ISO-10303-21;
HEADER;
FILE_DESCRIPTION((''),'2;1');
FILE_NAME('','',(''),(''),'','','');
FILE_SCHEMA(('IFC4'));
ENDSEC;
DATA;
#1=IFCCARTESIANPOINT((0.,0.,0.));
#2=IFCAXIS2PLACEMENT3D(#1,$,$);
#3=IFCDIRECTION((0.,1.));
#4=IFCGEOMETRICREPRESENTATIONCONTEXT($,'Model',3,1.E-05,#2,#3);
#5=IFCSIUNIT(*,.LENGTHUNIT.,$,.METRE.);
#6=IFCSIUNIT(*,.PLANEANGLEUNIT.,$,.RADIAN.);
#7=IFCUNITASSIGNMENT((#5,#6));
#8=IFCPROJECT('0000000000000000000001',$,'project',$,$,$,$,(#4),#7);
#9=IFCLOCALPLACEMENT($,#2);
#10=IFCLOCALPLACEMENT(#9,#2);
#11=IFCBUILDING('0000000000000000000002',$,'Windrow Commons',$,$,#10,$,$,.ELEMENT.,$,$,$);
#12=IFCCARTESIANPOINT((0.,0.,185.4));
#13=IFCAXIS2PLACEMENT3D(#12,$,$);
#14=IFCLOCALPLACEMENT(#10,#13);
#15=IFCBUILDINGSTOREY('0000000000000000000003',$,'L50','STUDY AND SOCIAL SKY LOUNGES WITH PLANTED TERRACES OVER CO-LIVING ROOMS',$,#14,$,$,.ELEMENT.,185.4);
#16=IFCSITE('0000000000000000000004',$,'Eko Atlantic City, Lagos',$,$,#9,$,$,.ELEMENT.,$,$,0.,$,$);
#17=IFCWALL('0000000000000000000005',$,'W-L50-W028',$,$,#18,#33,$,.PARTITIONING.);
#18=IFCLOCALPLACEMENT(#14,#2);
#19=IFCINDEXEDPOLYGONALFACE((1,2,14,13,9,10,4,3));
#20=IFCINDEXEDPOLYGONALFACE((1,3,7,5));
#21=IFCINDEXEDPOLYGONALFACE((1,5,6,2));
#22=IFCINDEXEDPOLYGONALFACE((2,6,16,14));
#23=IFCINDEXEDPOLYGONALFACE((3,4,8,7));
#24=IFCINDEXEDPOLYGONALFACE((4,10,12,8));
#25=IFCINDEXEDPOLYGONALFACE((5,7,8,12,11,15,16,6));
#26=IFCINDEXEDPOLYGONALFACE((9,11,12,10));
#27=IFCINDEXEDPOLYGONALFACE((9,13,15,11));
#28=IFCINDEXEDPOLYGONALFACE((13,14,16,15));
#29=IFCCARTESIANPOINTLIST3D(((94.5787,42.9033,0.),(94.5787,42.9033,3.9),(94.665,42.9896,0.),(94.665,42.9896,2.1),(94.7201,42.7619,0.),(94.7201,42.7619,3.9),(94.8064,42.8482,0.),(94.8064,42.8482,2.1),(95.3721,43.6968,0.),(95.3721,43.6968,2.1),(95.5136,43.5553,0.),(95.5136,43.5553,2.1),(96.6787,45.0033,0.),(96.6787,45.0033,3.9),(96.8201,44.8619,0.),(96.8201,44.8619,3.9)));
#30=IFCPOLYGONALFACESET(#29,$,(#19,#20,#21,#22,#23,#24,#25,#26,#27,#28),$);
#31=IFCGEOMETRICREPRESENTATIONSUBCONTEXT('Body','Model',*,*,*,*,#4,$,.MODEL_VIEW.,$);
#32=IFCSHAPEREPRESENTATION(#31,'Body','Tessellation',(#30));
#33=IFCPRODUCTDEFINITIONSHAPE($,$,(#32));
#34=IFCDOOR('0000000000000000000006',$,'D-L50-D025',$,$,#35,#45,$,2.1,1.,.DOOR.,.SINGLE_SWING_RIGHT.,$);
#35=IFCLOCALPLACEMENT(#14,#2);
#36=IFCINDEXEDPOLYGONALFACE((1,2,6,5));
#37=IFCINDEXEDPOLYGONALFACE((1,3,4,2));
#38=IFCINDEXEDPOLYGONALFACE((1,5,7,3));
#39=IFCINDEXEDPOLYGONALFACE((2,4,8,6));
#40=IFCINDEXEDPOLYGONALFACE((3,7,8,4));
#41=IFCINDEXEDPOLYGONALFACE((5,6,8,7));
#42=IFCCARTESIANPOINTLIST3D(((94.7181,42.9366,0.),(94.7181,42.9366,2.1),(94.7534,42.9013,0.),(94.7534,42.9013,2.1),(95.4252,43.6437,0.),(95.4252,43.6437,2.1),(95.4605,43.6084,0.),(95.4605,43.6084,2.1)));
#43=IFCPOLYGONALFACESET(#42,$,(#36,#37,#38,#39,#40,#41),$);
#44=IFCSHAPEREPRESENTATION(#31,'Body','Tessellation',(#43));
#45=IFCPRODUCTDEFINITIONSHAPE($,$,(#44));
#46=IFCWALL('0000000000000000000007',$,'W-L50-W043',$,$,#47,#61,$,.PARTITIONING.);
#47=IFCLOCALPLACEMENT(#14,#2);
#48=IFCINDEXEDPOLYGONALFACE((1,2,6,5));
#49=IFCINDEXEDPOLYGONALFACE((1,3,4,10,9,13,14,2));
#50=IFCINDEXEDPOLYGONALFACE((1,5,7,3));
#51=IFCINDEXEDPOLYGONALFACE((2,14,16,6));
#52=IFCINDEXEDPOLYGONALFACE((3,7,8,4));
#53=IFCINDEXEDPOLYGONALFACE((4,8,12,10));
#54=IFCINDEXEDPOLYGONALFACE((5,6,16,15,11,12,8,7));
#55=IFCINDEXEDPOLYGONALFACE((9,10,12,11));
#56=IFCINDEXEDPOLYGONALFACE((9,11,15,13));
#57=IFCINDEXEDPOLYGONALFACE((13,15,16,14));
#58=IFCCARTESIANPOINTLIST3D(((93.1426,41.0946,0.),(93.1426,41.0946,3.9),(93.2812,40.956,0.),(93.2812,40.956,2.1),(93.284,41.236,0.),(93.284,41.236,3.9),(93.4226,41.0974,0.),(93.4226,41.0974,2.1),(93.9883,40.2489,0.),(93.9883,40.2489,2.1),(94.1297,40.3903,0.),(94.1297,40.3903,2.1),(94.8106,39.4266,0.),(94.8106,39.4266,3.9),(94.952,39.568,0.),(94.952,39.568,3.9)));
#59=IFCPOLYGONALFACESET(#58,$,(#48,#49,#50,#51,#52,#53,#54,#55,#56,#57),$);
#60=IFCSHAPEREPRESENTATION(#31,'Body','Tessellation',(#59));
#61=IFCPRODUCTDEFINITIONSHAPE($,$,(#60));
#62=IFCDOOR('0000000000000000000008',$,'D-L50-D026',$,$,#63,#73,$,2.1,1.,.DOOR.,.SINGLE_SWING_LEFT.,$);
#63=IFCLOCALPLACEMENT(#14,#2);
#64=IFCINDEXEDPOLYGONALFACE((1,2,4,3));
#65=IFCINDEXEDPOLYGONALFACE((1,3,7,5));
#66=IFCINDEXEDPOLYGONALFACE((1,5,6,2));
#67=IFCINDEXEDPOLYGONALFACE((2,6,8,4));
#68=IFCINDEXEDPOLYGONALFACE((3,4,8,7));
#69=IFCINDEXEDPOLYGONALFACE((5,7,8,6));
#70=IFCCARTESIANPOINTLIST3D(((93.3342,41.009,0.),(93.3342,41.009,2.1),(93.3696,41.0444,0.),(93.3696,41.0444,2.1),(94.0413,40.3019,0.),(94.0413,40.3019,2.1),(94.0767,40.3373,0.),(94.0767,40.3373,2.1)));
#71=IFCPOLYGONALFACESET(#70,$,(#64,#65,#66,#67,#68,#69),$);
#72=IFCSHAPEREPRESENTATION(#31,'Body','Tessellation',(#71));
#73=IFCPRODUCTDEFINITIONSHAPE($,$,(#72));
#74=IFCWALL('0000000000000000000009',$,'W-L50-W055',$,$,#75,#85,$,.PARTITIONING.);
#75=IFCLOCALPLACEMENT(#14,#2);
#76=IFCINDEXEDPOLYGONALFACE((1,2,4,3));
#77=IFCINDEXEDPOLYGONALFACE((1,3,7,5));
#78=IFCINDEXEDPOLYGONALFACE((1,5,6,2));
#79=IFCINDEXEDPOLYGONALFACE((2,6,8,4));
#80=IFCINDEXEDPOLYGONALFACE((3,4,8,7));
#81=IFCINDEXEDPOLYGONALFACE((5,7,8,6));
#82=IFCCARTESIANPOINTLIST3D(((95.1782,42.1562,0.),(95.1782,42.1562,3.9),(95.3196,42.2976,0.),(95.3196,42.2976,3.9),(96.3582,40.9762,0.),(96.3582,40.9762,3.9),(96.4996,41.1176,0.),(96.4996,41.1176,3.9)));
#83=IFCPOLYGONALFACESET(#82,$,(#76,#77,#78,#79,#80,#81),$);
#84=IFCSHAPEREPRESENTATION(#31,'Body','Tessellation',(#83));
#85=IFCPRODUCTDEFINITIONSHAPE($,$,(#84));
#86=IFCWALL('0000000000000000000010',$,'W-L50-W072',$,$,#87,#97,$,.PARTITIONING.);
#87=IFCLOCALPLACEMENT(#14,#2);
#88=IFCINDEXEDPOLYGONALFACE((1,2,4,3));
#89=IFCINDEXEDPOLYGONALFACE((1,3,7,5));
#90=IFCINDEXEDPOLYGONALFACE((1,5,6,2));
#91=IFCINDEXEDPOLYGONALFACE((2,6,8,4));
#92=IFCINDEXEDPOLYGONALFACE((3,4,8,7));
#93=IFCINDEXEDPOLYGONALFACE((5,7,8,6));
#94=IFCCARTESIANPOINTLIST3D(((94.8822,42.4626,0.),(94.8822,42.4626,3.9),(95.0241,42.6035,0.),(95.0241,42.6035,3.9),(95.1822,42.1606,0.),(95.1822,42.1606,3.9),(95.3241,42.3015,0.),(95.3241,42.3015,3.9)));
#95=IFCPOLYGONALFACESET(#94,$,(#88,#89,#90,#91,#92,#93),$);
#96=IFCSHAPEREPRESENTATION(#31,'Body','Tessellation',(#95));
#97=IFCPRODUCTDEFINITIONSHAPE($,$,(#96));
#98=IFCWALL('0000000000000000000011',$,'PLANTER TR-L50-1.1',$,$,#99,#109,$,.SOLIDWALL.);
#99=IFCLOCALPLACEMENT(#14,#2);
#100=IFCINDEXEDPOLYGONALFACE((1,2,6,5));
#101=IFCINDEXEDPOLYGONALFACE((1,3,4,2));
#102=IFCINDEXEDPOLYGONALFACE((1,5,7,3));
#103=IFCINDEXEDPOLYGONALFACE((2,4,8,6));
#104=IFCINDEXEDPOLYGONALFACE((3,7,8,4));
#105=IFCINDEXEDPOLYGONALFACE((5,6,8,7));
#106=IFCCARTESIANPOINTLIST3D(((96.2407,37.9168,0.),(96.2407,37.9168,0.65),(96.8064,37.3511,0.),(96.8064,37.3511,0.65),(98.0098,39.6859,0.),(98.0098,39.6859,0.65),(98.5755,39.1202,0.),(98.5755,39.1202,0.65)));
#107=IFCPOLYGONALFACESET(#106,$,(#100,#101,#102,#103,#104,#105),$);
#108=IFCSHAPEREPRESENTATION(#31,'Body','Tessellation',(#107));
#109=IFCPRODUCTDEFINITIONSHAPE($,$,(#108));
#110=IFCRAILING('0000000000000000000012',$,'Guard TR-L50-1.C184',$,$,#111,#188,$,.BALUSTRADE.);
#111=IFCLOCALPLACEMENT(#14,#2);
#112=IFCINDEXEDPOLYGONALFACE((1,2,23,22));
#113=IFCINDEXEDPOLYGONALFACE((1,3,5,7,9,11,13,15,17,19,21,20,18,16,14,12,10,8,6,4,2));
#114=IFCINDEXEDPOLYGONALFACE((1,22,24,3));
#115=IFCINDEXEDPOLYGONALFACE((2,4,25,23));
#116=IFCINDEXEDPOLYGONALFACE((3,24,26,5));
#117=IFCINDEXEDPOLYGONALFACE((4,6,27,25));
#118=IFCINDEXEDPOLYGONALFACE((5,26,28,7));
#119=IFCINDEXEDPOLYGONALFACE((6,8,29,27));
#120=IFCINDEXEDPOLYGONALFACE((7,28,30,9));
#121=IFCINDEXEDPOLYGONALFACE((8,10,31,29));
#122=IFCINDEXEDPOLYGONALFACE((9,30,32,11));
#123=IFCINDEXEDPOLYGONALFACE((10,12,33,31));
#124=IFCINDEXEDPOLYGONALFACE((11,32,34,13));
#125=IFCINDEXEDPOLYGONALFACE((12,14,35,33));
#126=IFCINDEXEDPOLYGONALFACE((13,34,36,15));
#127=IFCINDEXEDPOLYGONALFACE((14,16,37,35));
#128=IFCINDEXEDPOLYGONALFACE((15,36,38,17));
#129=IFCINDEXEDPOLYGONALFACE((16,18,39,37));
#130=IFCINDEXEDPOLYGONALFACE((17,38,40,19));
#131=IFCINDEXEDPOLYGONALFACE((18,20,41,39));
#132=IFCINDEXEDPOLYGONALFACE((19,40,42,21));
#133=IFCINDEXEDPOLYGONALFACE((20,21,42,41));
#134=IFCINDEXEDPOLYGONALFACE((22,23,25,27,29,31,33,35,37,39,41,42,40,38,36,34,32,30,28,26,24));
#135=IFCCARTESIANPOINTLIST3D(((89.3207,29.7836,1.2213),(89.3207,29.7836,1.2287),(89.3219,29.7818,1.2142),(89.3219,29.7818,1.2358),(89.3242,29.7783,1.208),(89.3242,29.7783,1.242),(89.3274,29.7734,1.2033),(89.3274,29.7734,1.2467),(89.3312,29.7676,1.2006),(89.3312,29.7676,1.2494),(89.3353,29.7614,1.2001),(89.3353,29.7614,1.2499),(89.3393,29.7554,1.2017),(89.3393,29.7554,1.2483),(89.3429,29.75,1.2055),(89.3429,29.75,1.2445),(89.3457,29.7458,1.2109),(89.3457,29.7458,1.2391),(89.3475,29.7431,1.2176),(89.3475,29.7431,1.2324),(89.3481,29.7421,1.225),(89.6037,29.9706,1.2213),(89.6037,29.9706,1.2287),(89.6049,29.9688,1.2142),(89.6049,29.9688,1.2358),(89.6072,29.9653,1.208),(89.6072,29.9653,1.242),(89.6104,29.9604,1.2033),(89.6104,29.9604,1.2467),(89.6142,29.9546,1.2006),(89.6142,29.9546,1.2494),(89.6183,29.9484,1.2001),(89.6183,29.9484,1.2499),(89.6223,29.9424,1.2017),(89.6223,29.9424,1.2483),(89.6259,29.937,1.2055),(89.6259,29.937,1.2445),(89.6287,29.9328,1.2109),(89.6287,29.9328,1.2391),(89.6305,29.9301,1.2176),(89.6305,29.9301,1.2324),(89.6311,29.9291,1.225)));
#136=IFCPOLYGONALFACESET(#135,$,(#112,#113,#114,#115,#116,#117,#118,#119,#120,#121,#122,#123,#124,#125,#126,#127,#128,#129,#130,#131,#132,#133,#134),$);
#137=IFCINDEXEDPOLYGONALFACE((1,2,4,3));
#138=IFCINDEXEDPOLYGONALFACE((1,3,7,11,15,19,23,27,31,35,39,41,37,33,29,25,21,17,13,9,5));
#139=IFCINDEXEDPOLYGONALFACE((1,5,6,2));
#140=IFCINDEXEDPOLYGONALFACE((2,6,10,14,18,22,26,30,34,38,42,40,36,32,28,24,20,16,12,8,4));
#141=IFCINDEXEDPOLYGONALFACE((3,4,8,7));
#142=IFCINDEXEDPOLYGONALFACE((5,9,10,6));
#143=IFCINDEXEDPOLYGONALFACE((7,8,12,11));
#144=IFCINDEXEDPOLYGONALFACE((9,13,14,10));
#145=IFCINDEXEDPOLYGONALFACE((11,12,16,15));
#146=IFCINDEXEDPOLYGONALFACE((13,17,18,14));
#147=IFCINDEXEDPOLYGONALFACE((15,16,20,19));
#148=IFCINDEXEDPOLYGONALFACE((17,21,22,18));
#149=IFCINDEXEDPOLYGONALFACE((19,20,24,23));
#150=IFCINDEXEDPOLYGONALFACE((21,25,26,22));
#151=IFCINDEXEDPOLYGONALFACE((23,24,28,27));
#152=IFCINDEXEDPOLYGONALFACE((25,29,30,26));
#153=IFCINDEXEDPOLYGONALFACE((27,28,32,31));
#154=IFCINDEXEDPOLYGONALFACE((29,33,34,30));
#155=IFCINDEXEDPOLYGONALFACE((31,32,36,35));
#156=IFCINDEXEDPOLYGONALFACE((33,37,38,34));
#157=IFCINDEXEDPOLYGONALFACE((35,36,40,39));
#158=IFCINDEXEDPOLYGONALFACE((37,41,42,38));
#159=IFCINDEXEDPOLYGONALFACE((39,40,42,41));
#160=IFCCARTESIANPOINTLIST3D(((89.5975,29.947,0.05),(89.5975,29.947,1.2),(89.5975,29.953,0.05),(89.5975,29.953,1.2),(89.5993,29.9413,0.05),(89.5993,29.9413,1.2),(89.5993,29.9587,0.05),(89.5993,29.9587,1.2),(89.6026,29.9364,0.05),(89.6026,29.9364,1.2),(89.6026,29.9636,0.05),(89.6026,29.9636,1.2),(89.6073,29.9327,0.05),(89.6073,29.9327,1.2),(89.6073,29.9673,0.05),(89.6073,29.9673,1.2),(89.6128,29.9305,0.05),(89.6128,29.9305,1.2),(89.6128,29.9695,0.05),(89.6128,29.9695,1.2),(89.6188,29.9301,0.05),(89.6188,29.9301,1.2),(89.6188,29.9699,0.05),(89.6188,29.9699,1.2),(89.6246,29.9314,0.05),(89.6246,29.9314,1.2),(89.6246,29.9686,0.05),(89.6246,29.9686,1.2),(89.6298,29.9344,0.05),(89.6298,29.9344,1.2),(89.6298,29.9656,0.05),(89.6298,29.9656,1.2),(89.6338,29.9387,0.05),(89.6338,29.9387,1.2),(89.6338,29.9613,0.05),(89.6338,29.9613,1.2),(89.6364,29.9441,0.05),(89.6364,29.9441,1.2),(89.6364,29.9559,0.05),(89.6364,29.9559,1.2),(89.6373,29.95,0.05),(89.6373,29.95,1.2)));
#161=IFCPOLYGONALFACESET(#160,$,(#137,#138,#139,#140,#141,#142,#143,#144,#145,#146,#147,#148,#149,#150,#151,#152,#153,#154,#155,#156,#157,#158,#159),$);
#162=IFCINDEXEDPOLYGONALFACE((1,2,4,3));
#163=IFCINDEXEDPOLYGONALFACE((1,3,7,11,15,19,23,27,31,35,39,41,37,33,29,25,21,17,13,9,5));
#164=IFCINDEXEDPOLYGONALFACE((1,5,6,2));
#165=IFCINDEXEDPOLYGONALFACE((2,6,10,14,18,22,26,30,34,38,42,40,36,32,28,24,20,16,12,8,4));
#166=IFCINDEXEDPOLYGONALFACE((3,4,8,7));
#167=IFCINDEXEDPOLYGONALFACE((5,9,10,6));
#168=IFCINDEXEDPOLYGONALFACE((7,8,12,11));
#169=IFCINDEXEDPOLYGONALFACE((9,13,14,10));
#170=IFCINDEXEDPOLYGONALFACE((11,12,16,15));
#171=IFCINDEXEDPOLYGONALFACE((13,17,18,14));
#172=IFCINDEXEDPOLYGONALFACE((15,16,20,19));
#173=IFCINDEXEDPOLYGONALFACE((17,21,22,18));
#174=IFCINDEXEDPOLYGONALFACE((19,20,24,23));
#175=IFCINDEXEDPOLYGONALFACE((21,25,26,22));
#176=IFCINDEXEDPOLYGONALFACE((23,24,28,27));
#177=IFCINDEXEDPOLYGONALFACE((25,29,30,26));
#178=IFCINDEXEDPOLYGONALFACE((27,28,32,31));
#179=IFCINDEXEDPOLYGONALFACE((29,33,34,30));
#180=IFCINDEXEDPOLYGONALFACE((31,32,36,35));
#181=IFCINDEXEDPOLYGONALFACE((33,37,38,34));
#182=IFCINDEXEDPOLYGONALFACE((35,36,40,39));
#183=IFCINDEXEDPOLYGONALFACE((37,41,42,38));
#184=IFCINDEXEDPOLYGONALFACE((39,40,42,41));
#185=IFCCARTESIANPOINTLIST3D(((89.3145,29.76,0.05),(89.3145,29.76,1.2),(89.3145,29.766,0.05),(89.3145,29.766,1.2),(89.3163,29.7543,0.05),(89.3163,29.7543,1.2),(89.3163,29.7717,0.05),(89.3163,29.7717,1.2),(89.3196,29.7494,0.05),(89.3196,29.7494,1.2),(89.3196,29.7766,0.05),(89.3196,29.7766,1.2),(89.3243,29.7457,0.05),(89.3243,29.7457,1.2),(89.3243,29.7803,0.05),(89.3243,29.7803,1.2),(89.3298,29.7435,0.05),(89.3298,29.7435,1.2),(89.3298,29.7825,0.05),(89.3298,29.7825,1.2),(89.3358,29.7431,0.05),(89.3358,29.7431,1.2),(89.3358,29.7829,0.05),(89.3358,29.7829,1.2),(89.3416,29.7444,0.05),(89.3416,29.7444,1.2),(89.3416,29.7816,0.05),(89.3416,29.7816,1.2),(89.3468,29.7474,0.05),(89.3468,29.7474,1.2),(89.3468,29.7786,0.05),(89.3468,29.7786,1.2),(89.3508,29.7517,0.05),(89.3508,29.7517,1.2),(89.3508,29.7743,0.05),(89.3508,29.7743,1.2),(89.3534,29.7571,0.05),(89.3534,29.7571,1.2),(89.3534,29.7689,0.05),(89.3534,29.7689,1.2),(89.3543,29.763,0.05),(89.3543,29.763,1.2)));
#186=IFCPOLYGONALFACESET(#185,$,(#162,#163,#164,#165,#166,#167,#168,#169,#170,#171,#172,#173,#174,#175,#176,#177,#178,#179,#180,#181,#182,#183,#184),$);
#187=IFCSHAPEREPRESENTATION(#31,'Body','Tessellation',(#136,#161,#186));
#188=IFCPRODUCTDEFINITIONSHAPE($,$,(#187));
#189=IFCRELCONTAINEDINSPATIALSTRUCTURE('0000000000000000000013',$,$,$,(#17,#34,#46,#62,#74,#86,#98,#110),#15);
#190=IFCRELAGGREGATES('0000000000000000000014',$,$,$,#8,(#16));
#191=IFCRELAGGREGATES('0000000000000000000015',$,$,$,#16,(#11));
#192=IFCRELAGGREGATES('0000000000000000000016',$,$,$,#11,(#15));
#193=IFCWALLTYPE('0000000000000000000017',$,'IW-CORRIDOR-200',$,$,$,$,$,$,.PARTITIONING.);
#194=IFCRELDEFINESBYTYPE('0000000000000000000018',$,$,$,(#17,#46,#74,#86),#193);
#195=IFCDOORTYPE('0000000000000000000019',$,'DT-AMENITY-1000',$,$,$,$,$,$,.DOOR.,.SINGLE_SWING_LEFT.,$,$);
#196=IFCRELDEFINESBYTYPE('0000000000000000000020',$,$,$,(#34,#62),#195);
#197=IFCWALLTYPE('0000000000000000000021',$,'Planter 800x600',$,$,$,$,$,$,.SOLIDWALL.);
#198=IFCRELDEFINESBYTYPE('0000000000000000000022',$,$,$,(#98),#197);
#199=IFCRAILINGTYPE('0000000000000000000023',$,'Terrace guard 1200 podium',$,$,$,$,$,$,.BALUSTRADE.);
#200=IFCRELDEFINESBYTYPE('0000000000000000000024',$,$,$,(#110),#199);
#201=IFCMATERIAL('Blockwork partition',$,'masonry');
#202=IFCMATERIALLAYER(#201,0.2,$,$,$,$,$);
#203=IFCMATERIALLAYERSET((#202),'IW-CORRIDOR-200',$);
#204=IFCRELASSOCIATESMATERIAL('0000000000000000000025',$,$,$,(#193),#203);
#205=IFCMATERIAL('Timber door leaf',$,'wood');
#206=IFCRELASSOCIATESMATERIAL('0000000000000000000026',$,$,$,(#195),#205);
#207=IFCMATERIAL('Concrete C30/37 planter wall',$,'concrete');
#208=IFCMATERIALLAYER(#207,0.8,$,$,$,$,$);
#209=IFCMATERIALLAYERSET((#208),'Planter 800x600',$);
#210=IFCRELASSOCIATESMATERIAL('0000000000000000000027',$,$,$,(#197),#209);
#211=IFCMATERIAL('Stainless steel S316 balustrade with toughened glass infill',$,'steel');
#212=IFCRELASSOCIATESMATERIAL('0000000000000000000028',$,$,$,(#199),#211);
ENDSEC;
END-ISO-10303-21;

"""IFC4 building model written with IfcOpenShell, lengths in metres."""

from ifc_helpers import new_model, si_unit, direction, frame, frame_2d, origin, origin_2d, place, context, subcontext, project, spatial, rectangle, circle, extrude, material, layer, layer_set, type_object, element, fill, save


model = new_model("IFC4")

# Units and contexts
model_context = context("Model", 3, precision=1e-05, world=origin(), true_north=direction((0.0, 1.0)))
body_context = subcontext(model_context, "Body", "Model", "MODEL_VIEW")
ifc_project = project(units=[si_unit("LENGTHUNIT", "METRE"), si_unit("PLANEANGLEUNIT", "RADIAN")], contexts=[model_context])

# Site, building, storey
site_placement = place(None, origin())
site = spatial("IfcSite", under=ifc_project, at=site_placement, Name="Eko Atlantic City, Lagos", CompositionType="ELEMENT", RefElevation=0.0)
building_placement = place(site_placement, origin())
building = spatial("IfcBuilding", under=site, at=building_placement, Name="Windrow Commons", CompositionType="ELEMENT")
storey_placement = place(building_placement, frame((0.0, 0.0, 185.4)))
storey = spatial("IfcBuildingStorey", under=building, at=storey_placement, Name="L50", Description="STUDY AND SOCIAL SKY LOUNGES WITH PLANTED TERRACES OVER CO-LIVING ROOMS", CompositionType="ELEMENT", Elevation=185.4)

# Walls, openings, doors
ifc_material_1 = material(Name="Blockwork partition", Category="masonry")
ifc_layer_1 = layer(ifc_material_1, 0.2)
ifc_layer_set_1 = layer_set([ifc_layer_1], Name="IW-CORRIDOR-200")
wall_type_1 = type_object("IfcWallType", Name="IW-CORRIDOR-200", PredefinedType="PARTITIONING", material=ifc_layer_set_1)
wall_1_placement = place(storey_placement, frame((94.6494, 42.8326, 0.0), z_axis=(0.0, 0.0, 1.0), x_axis=(0.707107, 0.707107, 0.0)))
wall_1 = element("IfcWall", 1, at=wall_1_placement, inside=storey, type_object=wall_type_1, Name="W-L50-W028", PredefinedType="PARTITIONING", context=body_context, shape_type="SweptSolid", body=[
    extrude(rectangle(XDim=2.9698, YDim=0.2, at=frame_2d((1.4849, 0.0))), origin(), (0.0, 0.0, 1.0), 3.9),
])
opening_1_placement = place(wall_1_placement, frame((0.1221, 0.0, 0.0)))
opening_1 = element("IfcOpeningElement", 2, at=opening_1_placement, cuts=wall_1, PredefinedType="OPENING", context=body_context, shape_type="SweptSolid", body=[
    extrude(rectangle(XDim=1.0, YDim=2.1, at=frame_2d((0.5, 1.05))), frame((0.0, 0.11, 0.0), z_axis=(0.0, -1.0, 0.0), x_axis=(1.0, 0.0, 0.0)), (0.0, 0.0, 1.0), 0.22),
])
ifc_material_2 = material(Name="Timber door leaf", Category="wood")
door_type = type_object("IfcDoorType", Name="DT-AMENITY-1000", OperationType="SINGLE_SWING_LEFT", PredefinedType="DOOR", material=ifc_material_2)
door_1_placement = place(opening_1_placement, origin())
door_1 = element("IfcDoor", 3, at=door_1_placement, inside=storey, type_object=door_type, Name="D-L50-D025", OperationType="SINGLE_SWING_RIGHT", OverallHeight=2.1, OverallWidth=1.0, PredefinedType="DOOR", context=body_context, shape_type="SweptSolid", body=[
    extrude(rectangle(XDim=1.0, YDim=2.1, at=frame_2d((0.5, 1.05))), frame((0.0, 0.025, 0.0), z_axis=(0.0, -1.0, 0.0), x_axis=(1.0, 0.0, 0.0)), (0.0, 0.0, 1.0), 0.05),
])
fill(opening_1, door_1)
wall_2_placement = place(storey_placement, frame((93.2133, 41.1653, 0.0), z_axis=(0.0, 0.0, 1.0), x_axis=(0.707107, -0.707107, 0.0)))
wall_2 = element("IfcWall", 4, at=wall_2_placement, inside=storey, type_object=wall_type_1, Name="W-L50-W043", PredefinedType="PARTITIONING", context=body_context, shape_type="SweptSolid", body=[
    extrude(rectangle(XDim=2.3589, YDim=0.2, at=frame_2d((1.1795, 0.0))), origin(), (0.0, 0.0, 1.0), 3.9),
])
opening_2_placement = place(wall_2_placement, frame((0.196, 0.0, 0.0)))
opening_2 = element("IfcOpeningElement", 5, at=opening_2_placement, cuts=wall_2, PredefinedType="OPENING", context=body_context, shape_type="SweptSolid", body=[
    extrude(rectangle(XDim=1.0, YDim=2.1, at=frame_2d((0.5, 1.05))), frame((0.0, 0.11, 0.0), z_axis=(0.0, -1.0, 0.0), x_axis=(1.0, 0.0, 0.0)), (0.0, 0.0, 1.0), 0.22),
])
door_2_placement = place(opening_2_placement, origin())
door_2 = element("IfcDoor", 6, at=door_2_placement, inside=storey, type_object=door_type, Name="D-L50-D026", OperationType="SINGLE_SWING_LEFT", OverallHeight=2.1, OverallWidth=1.0, PredefinedType="DOOR", context=body_context, shape_type="SweptSolid", body=[
    extrude(rectangle(XDim=1.0, YDim=2.1, at=frame_2d((0.5, 1.05))), frame((0.0, 0.025, 0.0), z_axis=(0.0, -1.0, 0.0), x_axis=(1.0, 0.0, 0.0)), (0.0, 0.0, 1.0), 0.05),
])
fill(opening_2, door_2)

# Walls
wall_3_placement = place(storey_placement, frame((95.2489, 42.2269, 0.0), z_axis=(0.0, 0.0, 1.0), x_axis=(0.707107, -0.707107, 0.0)))
element("IfcWall", 7, at=wall_3_placement, inside=storey, type_object=wall_type_1, Name="W-L50-W055", PredefinedType="PARTITIONING", context=body_context, shape_type="SweptSolid", body=[
    extrude(rectangle(XDim=1.6688, YDim=0.2, at=frame_2d((0.8344, 0.0))), origin(), (0.0, 0.0, 1.0), 3.9),
])
wall_4_placement = place(storey_placement, frame((94.9531, 42.5331, 0.0), z_axis=(0.0, 0.0, 1.0), x_axis=(0.704754, -0.709452, 0.0)))
element("IfcWall", 8, at=wall_4_placement, inside=storey, type_object=wall_type_1, Name="W-L50-W072", PredefinedType="PARTITIONING", context=body_context, shape_type="SweptSolid", body=[
    extrude(rectangle(XDim=0.4257, YDim=0.2, at=frame_2d((0.2129, 0.0))), origin(), (0.0, 0.0, 1.0), 3.9),
])
ifc_material_3 = material(Name="Concrete C30/37 planter wall", Category="concrete")
ifc_layer_2 = layer(ifc_material_3, 0.8)
ifc_layer_set_2 = layer_set([ifc_layer_2], Name="Planter 800x600")
wall_type_2 = type_object("IfcWallType", Name="Planter 800x600", PredefinedType="SOLIDWALL", material=ifc_layer_set_2)
wall_5_placement = place(storey_placement, frame((96.5235, 37.6339, 0.0), z_axis=(0.0, 0.0, 1.0), x_axis=(0.707107, 0.707107, 0.0)))
element("IfcWall", 9, at=wall_5_placement, inside=storey, type_object=wall_type_2, Name="PLANTER TR-L50-1.1", PredefinedType="SOLIDWALL", context=body_context, shape_type="SweptSolid", body=[
    extrude(rectangle(XDim=2.5019, YDim=0.8, at=frame_2d((1.251, 0.0))), origin(), (0.0, 0.0, 1.0), 0.65),
])

# Railing
ifc_material_4 = material(Name="Stainless steel S316 balustrade with toughened glass infill", Category="steel")
railing_type = type_object("IfcRailingType", Name="Terrace guard 1200 podium", PredefinedType="BALUSTRADE", material=ifc_material_4)
railing_1_placement = place(storey_placement, frame((89.6173, 29.95, 0.05)))
element("IfcRailing", 10, at=railing_1_placement, inside=storey, type_object=railing_type, Name="Guard TR-L50-1.C184", PredefinedType="BALUSTRADE", context=body_context, shape_type="SweptSolid", body=[
    extrude(circle(Radius=0.025, at=origin_2d()), frame((0.0, 0.0, 1.175), z_axis=(-0.834311, -0.551294, 0.0), x_axis=(0.551294, -0.834311, 0.0)), (0.0, 0.0, 1.0), 0.3392),
    extrude(circle(Radius=0.02, at=origin_2d()), origin(), (0.0, 0.0, 1.0), 1.15),
    extrude(circle(Radius=0.02, at=origin_2d()), frame((-0.283, -0.187, 0.0)), (0.0, 0.0, 1.0), 1.15),
])

save(model, "model.ifc")
